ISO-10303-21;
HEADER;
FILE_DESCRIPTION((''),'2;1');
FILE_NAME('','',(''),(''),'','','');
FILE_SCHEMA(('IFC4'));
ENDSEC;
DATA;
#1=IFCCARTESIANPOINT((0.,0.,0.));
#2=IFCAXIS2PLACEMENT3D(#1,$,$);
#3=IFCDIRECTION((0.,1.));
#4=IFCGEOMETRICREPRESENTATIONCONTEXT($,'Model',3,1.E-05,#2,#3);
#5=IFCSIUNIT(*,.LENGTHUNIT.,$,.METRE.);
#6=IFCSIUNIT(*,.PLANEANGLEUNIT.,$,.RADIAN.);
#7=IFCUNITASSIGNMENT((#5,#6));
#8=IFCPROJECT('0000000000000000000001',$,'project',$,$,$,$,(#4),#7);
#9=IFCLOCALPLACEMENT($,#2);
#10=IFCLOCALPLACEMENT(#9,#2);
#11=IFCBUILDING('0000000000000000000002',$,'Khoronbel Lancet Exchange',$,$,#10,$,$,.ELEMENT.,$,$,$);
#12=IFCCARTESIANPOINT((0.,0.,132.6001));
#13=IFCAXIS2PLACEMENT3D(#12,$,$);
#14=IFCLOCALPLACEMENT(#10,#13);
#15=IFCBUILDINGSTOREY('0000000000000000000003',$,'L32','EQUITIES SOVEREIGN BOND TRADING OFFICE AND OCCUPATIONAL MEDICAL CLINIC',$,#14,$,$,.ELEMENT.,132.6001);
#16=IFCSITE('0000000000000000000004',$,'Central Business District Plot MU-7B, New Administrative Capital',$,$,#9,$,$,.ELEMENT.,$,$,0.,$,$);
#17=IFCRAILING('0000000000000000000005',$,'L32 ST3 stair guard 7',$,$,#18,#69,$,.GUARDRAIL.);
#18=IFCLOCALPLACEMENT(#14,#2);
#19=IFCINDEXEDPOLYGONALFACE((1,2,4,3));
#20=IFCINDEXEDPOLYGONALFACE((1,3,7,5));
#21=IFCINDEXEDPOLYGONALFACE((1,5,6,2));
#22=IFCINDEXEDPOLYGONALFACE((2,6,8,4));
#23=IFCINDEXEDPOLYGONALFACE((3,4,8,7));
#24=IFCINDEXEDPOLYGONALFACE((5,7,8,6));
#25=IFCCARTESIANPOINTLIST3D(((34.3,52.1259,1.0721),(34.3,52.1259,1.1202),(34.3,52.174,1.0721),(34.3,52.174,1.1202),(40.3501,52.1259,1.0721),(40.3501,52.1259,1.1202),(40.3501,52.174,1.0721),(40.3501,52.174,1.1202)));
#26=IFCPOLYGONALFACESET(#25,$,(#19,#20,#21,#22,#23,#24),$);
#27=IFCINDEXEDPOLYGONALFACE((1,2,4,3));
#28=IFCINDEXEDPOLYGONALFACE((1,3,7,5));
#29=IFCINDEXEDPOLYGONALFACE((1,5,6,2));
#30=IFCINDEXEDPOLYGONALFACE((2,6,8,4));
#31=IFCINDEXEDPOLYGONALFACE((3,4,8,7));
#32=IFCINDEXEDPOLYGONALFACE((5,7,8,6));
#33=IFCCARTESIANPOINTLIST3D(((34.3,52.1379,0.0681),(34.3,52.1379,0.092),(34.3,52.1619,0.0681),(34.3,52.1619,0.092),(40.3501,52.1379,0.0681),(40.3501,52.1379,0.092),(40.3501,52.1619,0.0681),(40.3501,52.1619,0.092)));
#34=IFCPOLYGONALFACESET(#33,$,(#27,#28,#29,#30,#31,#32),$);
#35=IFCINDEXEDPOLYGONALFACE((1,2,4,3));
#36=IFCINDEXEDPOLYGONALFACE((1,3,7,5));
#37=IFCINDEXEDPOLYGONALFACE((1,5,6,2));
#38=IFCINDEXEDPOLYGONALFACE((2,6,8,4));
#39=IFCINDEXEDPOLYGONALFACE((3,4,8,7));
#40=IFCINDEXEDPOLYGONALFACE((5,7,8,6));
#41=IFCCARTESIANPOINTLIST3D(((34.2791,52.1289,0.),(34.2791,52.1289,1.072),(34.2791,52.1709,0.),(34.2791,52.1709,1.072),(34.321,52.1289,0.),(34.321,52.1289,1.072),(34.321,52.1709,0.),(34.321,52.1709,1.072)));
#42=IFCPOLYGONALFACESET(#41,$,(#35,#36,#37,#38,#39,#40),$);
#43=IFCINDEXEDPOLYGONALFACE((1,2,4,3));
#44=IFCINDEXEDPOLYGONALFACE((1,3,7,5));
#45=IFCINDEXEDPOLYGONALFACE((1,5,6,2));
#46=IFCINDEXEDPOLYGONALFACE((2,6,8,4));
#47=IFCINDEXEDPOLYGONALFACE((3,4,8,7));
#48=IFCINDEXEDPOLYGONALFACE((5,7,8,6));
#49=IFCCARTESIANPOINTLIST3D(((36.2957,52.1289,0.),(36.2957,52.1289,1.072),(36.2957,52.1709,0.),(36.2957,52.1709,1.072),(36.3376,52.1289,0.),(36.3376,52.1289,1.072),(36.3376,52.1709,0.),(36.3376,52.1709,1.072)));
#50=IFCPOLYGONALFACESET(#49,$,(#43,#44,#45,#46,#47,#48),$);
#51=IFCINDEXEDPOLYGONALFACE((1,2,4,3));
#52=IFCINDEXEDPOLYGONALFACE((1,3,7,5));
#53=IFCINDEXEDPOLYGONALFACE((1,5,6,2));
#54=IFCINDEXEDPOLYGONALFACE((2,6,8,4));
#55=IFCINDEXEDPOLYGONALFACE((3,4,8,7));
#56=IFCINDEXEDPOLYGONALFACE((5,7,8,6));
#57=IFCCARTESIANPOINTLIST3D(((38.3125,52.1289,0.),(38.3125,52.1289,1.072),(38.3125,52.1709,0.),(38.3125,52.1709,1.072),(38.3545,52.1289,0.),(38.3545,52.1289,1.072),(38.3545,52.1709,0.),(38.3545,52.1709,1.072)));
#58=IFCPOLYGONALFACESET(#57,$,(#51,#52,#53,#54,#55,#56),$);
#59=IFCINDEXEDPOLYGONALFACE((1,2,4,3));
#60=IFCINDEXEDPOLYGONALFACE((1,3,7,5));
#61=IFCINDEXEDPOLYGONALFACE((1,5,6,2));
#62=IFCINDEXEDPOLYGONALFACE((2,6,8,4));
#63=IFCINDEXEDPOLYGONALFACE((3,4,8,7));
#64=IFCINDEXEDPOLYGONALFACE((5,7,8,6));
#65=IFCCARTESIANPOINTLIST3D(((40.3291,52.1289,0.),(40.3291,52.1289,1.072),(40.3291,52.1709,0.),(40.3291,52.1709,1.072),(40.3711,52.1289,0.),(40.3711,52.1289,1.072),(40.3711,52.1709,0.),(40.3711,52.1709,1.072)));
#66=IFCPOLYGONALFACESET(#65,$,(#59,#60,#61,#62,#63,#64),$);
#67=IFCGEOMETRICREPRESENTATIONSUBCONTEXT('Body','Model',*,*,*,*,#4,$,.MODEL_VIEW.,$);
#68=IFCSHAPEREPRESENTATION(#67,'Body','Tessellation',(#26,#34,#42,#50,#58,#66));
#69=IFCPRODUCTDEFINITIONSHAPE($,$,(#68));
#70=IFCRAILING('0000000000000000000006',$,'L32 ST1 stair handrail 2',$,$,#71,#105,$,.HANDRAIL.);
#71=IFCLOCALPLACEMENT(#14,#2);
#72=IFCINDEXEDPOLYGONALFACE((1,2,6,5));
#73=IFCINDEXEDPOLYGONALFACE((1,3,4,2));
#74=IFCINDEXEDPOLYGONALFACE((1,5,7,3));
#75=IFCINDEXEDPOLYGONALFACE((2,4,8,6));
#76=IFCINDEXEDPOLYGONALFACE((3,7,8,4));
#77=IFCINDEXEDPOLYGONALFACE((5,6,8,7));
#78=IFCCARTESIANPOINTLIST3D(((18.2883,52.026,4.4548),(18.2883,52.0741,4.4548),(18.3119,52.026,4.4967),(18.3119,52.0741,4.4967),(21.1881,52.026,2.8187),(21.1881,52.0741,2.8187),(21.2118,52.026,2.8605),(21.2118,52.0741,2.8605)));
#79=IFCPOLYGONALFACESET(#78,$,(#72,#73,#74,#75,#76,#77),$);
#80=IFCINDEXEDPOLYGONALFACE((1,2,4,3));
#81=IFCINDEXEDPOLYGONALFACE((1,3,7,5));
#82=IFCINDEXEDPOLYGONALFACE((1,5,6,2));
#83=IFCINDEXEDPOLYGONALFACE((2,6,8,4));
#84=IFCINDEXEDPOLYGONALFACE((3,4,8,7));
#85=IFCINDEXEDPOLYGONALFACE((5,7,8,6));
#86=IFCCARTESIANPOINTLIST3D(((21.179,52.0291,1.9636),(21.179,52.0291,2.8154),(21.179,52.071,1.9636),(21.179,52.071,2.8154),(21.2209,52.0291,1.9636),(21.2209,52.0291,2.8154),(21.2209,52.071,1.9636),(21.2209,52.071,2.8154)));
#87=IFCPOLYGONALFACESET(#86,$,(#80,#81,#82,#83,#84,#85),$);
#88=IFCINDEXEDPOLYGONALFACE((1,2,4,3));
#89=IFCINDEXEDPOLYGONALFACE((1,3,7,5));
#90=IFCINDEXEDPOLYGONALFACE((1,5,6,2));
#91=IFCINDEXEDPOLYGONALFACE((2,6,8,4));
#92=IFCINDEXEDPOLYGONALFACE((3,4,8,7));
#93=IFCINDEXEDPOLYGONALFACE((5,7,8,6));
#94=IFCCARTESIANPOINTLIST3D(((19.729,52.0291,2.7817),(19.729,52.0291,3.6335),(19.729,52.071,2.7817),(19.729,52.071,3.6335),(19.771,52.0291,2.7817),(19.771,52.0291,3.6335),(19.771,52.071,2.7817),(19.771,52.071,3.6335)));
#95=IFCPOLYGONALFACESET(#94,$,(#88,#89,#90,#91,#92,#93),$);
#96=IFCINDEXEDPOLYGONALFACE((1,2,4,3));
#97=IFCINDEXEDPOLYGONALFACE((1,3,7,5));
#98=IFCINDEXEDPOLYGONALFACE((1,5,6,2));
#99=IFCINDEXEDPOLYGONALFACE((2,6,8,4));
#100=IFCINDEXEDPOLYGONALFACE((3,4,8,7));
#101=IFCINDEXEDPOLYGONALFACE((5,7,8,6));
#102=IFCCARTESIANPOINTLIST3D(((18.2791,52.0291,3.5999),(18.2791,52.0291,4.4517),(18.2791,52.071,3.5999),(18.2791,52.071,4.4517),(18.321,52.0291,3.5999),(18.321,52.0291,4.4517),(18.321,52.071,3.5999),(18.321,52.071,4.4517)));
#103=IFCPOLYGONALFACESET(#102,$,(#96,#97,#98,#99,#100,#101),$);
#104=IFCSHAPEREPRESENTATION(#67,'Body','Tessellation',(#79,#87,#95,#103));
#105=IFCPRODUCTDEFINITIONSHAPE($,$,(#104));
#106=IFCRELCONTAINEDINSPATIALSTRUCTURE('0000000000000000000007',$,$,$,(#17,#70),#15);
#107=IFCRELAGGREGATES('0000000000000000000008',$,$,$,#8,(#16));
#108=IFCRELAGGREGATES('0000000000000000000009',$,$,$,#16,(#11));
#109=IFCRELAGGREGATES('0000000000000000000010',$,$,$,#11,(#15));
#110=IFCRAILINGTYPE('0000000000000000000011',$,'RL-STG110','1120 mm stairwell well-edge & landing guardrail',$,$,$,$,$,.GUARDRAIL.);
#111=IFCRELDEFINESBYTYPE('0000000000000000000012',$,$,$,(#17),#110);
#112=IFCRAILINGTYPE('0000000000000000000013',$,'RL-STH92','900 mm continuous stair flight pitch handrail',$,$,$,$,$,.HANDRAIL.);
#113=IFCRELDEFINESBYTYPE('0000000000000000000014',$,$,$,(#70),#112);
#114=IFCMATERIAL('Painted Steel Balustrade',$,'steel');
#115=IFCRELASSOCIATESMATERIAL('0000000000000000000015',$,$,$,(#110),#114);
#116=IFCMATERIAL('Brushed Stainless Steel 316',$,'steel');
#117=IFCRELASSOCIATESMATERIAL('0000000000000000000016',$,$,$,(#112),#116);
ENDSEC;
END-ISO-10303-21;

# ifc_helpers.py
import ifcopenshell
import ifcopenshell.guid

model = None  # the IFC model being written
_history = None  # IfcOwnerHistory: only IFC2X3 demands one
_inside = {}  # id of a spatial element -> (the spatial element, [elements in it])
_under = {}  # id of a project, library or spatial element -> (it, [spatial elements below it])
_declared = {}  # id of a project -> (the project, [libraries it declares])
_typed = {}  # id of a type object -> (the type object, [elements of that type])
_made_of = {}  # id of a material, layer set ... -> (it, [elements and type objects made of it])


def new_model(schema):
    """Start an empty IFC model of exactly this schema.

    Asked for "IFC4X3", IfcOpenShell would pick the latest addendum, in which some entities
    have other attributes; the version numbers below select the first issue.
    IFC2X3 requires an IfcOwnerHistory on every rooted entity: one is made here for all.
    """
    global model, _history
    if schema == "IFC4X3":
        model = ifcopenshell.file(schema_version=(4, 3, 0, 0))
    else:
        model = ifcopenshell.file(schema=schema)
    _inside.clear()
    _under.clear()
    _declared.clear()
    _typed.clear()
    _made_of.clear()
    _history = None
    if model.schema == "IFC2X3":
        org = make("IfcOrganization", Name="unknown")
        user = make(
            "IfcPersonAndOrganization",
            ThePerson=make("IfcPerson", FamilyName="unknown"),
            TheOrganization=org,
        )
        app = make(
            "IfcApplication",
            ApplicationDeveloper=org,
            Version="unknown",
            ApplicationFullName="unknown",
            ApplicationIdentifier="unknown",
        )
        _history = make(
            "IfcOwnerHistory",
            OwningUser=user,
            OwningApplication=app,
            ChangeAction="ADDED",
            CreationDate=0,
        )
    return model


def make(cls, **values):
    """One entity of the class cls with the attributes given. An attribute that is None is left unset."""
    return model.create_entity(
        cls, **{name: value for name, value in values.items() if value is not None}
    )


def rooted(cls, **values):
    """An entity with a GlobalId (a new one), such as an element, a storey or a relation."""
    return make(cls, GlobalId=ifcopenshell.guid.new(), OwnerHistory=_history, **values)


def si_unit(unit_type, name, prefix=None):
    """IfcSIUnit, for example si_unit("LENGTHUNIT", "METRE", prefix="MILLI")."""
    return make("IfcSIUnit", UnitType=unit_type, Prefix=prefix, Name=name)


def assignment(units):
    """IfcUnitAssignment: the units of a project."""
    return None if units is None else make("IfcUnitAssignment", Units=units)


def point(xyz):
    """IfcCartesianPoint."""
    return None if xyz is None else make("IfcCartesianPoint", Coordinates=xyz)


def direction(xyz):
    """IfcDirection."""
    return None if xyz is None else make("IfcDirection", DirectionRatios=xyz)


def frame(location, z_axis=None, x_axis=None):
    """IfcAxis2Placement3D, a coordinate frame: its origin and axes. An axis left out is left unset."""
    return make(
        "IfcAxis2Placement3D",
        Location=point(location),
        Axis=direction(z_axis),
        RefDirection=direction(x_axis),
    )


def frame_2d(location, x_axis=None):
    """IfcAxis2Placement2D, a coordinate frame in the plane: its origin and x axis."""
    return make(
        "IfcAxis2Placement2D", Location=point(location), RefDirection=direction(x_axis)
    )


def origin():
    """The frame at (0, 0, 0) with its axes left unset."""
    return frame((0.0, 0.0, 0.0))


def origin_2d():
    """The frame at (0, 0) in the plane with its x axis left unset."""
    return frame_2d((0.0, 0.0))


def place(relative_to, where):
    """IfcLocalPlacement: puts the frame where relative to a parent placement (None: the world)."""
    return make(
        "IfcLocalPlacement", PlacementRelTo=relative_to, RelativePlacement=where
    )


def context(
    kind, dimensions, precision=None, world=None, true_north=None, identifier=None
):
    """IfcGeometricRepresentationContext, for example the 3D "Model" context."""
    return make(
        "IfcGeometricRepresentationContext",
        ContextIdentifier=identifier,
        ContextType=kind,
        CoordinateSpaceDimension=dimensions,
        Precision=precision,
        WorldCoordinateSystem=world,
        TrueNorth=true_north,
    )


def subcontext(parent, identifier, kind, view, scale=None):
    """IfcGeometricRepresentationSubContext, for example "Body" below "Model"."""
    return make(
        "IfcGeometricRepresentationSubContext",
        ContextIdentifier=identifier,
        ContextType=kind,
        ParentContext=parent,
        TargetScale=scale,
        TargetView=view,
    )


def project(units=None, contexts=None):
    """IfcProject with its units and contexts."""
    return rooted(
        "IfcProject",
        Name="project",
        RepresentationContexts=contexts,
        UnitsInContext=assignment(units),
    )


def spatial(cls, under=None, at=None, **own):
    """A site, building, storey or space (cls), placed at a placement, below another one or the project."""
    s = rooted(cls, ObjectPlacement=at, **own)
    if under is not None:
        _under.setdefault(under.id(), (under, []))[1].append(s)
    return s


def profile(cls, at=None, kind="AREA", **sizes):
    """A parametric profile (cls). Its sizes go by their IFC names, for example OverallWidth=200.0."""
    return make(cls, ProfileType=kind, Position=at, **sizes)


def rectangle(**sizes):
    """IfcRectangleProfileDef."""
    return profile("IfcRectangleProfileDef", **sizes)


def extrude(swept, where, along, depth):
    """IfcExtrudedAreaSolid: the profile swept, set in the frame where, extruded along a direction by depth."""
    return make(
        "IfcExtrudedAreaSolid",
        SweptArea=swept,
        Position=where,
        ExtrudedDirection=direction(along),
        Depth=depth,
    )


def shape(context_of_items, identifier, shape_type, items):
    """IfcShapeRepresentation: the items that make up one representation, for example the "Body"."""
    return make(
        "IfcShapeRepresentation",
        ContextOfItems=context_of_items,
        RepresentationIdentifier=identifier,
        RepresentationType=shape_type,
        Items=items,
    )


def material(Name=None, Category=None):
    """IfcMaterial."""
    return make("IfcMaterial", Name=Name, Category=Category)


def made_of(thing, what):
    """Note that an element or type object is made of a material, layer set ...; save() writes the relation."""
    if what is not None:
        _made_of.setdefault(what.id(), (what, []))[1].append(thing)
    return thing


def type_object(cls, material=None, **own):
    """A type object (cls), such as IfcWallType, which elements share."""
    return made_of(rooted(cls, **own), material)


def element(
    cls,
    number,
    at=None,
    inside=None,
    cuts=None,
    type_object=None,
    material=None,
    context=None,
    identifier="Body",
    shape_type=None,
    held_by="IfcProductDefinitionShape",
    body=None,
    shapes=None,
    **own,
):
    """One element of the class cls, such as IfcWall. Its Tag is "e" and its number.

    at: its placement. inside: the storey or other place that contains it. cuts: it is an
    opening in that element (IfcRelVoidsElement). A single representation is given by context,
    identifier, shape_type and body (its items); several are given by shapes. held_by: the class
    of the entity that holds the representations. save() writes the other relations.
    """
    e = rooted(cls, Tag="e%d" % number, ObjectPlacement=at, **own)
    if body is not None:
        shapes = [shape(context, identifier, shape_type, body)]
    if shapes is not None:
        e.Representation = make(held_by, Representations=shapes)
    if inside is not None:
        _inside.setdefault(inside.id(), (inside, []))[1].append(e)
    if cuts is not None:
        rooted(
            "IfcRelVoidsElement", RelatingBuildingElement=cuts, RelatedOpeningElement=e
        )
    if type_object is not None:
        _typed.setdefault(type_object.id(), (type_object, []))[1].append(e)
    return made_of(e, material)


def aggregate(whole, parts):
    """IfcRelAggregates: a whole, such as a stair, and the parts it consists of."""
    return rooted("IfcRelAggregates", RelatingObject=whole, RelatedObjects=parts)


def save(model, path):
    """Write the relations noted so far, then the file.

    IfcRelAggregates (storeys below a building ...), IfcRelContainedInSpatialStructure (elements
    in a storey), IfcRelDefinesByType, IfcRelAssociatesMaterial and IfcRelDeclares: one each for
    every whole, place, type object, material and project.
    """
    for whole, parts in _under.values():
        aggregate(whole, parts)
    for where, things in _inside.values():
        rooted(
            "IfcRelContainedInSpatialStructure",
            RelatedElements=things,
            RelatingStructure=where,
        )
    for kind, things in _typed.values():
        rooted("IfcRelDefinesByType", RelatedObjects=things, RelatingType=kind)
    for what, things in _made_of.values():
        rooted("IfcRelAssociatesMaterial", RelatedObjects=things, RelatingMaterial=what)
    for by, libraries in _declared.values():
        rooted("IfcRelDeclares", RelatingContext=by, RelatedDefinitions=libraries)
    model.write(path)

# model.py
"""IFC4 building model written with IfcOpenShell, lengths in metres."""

from ifc_helpers import new_model, si_unit, direction, frame, origin, origin_2d, place, context, subcontext, project, spatial, rectangle, extrude, material, type_object, element, save


model = new_model("IFC4")

# Units and contexts
model_context = context("Model", 3, precision=1e-05, world=origin(), true_north=direction((0.0, 1.0)))
body_context = subcontext(model_context, "Body", "Model", "MODEL_VIEW")
ifc_project = project(units=[si_unit("LENGTHUNIT", "METRE"), si_unit("PLANEANGLEUNIT", "RADIAN")], contexts=[model_context])

# Site, building, storey
site_placement = place(None, origin())
site = spatial("IfcSite", under=ifc_project, at=site_placement, Name="Central Business District Plot MU-7B, New Administrative Capital", CompositionType="ELEMENT", RefElevation=0.0)
building_placement = place(site_placement, origin())
building = spatial("IfcBuilding", under=site, at=building_placement, Name="Khoronbel Lancet Exchange", CompositionType="ELEMENT")
storey_placement = place(building_placement, frame((0.0, 0.0, 132.6001)))
storey = spatial("IfcBuildingStorey", under=building, at=storey_placement, Name="L32", Description="EQUITIES SOVEREIGN BOND TRADING OFFICE AND OCCUPATIONAL MEDICAL CLINIC", CompositionType="ELEMENT", Elevation=132.6001)

# Railings
ifc_material_1 = material(Name="Painted Steel Balustrade", Category="steel")
railing_type_1 = type_object("IfcRailingType", Name="RL-STG110", Description="1120 mm stairwell well-edge & landing guardrail", PredefinedType="GUARDRAIL", material=ifc_material_1)
railing_1_placement = place(storey_placement, frame((34.3, 52.1499, 0.0)))
element("IfcRailing", 1, at=railing_1_placement, inside=storey, type_object=railing_type_1, Name="L32 ST3 stair guard 7", PredefinedType="GUARDRAIL", context=body_context, shape_type="SweptSolid", body=[
    extrude(rectangle(XDim=0.0481, YDim=0.0481, at=origin_2d()), frame((0.0, 0.0, 1.0962), z_axis=(1.0, 0.0, 0.0), x_axis=(0.0, 1.0, 0.0)), (0.0, 0.0, 1.0), 6.05),
    extrude(rectangle(XDim=0.0239, YDim=0.0239, at=origin_2d()), frame((0.0, 0.0, 0.0801), z_axis=(1.0, 0.0, 0.0), x_axis=(0.0, 1.0, 0.0)), (0.0, 0.0, 1.0), 6.05),
    extrude(rectangle(XDim=0.042, YDim=0.042, at=origin_2d()), origin(), (0.0, 0.0, 1.0), 1.072),
    extrude(rectangle(XDim=0.042, YDim=0.042, at=origin_2d()), frame((2.0166, 0.0, 0.0)), (0.0, 0.0, 1.0), 1.072),
    extrude(rectangle(XDim=0.042, YDim=0.042, at=origin_2d()), frame((4.0334, 0.0, 0.0)), (0.0, 0.0, 1.0), 1.072),
    extrude(rectangle(XDim=0.042, YDim=0.042, at=origin_2d()), frame((6.05, 0.0, 0.0)), (0.0, 0.0, 1.0), 1.072),
])
ifc_material_2 = material(Name="Brushed Stainless Steel 316", Category="steel")
railing_type_2 = type_object("IfcRailingType", Name="RL-STH92", Description="900 mm continuous stair flight pitch handrail", PredefinedType="HANDRAIL", material=ifc_material_2)
railing_2_placement = place(storey_placement, frame((21.2, 52.05, 1.9636)))
element("IfcRailing", 2, at=railing_2_placement, inside=storey, type_object=railing_type_2, Name="L32 ST1 stair handrail 2", PredefinedType="HANDRAIL", context=body_context, shape_type="SweptSolid", body=[
    extrude(rectangle(XDim=0.0481, YDim=0.0481, at=origin_2d()), frame((0.0, 0.0, 0.876), z_axis=(-0.870929, 0.0, 0.49141), x_axis=(0.0, -1.0, 0.0)), (0.0, 0.0, 1.0), 3.3296),
    extrude(rectangle(XDim=0.042, YDim=0.042, at=origin_2d()), origin(), (0.0, 0.0, 1.0), 0.8518),
    extrude(rectangle(XDim=0.042, YDim=0.042, at=origin_2d()), frame((-1.45, 0.0, 0.8181)), (0.0, 0.0, 1.0), 0.8518),
    extrude(rectangle(XDim=0.042, YDim=0.042, at=origin_2d()), frame((-2.8999, 0.0, 1.6362)), (0.0, 0.0, 1.0), 0.8518),
])

save(model, "model.ifc")
